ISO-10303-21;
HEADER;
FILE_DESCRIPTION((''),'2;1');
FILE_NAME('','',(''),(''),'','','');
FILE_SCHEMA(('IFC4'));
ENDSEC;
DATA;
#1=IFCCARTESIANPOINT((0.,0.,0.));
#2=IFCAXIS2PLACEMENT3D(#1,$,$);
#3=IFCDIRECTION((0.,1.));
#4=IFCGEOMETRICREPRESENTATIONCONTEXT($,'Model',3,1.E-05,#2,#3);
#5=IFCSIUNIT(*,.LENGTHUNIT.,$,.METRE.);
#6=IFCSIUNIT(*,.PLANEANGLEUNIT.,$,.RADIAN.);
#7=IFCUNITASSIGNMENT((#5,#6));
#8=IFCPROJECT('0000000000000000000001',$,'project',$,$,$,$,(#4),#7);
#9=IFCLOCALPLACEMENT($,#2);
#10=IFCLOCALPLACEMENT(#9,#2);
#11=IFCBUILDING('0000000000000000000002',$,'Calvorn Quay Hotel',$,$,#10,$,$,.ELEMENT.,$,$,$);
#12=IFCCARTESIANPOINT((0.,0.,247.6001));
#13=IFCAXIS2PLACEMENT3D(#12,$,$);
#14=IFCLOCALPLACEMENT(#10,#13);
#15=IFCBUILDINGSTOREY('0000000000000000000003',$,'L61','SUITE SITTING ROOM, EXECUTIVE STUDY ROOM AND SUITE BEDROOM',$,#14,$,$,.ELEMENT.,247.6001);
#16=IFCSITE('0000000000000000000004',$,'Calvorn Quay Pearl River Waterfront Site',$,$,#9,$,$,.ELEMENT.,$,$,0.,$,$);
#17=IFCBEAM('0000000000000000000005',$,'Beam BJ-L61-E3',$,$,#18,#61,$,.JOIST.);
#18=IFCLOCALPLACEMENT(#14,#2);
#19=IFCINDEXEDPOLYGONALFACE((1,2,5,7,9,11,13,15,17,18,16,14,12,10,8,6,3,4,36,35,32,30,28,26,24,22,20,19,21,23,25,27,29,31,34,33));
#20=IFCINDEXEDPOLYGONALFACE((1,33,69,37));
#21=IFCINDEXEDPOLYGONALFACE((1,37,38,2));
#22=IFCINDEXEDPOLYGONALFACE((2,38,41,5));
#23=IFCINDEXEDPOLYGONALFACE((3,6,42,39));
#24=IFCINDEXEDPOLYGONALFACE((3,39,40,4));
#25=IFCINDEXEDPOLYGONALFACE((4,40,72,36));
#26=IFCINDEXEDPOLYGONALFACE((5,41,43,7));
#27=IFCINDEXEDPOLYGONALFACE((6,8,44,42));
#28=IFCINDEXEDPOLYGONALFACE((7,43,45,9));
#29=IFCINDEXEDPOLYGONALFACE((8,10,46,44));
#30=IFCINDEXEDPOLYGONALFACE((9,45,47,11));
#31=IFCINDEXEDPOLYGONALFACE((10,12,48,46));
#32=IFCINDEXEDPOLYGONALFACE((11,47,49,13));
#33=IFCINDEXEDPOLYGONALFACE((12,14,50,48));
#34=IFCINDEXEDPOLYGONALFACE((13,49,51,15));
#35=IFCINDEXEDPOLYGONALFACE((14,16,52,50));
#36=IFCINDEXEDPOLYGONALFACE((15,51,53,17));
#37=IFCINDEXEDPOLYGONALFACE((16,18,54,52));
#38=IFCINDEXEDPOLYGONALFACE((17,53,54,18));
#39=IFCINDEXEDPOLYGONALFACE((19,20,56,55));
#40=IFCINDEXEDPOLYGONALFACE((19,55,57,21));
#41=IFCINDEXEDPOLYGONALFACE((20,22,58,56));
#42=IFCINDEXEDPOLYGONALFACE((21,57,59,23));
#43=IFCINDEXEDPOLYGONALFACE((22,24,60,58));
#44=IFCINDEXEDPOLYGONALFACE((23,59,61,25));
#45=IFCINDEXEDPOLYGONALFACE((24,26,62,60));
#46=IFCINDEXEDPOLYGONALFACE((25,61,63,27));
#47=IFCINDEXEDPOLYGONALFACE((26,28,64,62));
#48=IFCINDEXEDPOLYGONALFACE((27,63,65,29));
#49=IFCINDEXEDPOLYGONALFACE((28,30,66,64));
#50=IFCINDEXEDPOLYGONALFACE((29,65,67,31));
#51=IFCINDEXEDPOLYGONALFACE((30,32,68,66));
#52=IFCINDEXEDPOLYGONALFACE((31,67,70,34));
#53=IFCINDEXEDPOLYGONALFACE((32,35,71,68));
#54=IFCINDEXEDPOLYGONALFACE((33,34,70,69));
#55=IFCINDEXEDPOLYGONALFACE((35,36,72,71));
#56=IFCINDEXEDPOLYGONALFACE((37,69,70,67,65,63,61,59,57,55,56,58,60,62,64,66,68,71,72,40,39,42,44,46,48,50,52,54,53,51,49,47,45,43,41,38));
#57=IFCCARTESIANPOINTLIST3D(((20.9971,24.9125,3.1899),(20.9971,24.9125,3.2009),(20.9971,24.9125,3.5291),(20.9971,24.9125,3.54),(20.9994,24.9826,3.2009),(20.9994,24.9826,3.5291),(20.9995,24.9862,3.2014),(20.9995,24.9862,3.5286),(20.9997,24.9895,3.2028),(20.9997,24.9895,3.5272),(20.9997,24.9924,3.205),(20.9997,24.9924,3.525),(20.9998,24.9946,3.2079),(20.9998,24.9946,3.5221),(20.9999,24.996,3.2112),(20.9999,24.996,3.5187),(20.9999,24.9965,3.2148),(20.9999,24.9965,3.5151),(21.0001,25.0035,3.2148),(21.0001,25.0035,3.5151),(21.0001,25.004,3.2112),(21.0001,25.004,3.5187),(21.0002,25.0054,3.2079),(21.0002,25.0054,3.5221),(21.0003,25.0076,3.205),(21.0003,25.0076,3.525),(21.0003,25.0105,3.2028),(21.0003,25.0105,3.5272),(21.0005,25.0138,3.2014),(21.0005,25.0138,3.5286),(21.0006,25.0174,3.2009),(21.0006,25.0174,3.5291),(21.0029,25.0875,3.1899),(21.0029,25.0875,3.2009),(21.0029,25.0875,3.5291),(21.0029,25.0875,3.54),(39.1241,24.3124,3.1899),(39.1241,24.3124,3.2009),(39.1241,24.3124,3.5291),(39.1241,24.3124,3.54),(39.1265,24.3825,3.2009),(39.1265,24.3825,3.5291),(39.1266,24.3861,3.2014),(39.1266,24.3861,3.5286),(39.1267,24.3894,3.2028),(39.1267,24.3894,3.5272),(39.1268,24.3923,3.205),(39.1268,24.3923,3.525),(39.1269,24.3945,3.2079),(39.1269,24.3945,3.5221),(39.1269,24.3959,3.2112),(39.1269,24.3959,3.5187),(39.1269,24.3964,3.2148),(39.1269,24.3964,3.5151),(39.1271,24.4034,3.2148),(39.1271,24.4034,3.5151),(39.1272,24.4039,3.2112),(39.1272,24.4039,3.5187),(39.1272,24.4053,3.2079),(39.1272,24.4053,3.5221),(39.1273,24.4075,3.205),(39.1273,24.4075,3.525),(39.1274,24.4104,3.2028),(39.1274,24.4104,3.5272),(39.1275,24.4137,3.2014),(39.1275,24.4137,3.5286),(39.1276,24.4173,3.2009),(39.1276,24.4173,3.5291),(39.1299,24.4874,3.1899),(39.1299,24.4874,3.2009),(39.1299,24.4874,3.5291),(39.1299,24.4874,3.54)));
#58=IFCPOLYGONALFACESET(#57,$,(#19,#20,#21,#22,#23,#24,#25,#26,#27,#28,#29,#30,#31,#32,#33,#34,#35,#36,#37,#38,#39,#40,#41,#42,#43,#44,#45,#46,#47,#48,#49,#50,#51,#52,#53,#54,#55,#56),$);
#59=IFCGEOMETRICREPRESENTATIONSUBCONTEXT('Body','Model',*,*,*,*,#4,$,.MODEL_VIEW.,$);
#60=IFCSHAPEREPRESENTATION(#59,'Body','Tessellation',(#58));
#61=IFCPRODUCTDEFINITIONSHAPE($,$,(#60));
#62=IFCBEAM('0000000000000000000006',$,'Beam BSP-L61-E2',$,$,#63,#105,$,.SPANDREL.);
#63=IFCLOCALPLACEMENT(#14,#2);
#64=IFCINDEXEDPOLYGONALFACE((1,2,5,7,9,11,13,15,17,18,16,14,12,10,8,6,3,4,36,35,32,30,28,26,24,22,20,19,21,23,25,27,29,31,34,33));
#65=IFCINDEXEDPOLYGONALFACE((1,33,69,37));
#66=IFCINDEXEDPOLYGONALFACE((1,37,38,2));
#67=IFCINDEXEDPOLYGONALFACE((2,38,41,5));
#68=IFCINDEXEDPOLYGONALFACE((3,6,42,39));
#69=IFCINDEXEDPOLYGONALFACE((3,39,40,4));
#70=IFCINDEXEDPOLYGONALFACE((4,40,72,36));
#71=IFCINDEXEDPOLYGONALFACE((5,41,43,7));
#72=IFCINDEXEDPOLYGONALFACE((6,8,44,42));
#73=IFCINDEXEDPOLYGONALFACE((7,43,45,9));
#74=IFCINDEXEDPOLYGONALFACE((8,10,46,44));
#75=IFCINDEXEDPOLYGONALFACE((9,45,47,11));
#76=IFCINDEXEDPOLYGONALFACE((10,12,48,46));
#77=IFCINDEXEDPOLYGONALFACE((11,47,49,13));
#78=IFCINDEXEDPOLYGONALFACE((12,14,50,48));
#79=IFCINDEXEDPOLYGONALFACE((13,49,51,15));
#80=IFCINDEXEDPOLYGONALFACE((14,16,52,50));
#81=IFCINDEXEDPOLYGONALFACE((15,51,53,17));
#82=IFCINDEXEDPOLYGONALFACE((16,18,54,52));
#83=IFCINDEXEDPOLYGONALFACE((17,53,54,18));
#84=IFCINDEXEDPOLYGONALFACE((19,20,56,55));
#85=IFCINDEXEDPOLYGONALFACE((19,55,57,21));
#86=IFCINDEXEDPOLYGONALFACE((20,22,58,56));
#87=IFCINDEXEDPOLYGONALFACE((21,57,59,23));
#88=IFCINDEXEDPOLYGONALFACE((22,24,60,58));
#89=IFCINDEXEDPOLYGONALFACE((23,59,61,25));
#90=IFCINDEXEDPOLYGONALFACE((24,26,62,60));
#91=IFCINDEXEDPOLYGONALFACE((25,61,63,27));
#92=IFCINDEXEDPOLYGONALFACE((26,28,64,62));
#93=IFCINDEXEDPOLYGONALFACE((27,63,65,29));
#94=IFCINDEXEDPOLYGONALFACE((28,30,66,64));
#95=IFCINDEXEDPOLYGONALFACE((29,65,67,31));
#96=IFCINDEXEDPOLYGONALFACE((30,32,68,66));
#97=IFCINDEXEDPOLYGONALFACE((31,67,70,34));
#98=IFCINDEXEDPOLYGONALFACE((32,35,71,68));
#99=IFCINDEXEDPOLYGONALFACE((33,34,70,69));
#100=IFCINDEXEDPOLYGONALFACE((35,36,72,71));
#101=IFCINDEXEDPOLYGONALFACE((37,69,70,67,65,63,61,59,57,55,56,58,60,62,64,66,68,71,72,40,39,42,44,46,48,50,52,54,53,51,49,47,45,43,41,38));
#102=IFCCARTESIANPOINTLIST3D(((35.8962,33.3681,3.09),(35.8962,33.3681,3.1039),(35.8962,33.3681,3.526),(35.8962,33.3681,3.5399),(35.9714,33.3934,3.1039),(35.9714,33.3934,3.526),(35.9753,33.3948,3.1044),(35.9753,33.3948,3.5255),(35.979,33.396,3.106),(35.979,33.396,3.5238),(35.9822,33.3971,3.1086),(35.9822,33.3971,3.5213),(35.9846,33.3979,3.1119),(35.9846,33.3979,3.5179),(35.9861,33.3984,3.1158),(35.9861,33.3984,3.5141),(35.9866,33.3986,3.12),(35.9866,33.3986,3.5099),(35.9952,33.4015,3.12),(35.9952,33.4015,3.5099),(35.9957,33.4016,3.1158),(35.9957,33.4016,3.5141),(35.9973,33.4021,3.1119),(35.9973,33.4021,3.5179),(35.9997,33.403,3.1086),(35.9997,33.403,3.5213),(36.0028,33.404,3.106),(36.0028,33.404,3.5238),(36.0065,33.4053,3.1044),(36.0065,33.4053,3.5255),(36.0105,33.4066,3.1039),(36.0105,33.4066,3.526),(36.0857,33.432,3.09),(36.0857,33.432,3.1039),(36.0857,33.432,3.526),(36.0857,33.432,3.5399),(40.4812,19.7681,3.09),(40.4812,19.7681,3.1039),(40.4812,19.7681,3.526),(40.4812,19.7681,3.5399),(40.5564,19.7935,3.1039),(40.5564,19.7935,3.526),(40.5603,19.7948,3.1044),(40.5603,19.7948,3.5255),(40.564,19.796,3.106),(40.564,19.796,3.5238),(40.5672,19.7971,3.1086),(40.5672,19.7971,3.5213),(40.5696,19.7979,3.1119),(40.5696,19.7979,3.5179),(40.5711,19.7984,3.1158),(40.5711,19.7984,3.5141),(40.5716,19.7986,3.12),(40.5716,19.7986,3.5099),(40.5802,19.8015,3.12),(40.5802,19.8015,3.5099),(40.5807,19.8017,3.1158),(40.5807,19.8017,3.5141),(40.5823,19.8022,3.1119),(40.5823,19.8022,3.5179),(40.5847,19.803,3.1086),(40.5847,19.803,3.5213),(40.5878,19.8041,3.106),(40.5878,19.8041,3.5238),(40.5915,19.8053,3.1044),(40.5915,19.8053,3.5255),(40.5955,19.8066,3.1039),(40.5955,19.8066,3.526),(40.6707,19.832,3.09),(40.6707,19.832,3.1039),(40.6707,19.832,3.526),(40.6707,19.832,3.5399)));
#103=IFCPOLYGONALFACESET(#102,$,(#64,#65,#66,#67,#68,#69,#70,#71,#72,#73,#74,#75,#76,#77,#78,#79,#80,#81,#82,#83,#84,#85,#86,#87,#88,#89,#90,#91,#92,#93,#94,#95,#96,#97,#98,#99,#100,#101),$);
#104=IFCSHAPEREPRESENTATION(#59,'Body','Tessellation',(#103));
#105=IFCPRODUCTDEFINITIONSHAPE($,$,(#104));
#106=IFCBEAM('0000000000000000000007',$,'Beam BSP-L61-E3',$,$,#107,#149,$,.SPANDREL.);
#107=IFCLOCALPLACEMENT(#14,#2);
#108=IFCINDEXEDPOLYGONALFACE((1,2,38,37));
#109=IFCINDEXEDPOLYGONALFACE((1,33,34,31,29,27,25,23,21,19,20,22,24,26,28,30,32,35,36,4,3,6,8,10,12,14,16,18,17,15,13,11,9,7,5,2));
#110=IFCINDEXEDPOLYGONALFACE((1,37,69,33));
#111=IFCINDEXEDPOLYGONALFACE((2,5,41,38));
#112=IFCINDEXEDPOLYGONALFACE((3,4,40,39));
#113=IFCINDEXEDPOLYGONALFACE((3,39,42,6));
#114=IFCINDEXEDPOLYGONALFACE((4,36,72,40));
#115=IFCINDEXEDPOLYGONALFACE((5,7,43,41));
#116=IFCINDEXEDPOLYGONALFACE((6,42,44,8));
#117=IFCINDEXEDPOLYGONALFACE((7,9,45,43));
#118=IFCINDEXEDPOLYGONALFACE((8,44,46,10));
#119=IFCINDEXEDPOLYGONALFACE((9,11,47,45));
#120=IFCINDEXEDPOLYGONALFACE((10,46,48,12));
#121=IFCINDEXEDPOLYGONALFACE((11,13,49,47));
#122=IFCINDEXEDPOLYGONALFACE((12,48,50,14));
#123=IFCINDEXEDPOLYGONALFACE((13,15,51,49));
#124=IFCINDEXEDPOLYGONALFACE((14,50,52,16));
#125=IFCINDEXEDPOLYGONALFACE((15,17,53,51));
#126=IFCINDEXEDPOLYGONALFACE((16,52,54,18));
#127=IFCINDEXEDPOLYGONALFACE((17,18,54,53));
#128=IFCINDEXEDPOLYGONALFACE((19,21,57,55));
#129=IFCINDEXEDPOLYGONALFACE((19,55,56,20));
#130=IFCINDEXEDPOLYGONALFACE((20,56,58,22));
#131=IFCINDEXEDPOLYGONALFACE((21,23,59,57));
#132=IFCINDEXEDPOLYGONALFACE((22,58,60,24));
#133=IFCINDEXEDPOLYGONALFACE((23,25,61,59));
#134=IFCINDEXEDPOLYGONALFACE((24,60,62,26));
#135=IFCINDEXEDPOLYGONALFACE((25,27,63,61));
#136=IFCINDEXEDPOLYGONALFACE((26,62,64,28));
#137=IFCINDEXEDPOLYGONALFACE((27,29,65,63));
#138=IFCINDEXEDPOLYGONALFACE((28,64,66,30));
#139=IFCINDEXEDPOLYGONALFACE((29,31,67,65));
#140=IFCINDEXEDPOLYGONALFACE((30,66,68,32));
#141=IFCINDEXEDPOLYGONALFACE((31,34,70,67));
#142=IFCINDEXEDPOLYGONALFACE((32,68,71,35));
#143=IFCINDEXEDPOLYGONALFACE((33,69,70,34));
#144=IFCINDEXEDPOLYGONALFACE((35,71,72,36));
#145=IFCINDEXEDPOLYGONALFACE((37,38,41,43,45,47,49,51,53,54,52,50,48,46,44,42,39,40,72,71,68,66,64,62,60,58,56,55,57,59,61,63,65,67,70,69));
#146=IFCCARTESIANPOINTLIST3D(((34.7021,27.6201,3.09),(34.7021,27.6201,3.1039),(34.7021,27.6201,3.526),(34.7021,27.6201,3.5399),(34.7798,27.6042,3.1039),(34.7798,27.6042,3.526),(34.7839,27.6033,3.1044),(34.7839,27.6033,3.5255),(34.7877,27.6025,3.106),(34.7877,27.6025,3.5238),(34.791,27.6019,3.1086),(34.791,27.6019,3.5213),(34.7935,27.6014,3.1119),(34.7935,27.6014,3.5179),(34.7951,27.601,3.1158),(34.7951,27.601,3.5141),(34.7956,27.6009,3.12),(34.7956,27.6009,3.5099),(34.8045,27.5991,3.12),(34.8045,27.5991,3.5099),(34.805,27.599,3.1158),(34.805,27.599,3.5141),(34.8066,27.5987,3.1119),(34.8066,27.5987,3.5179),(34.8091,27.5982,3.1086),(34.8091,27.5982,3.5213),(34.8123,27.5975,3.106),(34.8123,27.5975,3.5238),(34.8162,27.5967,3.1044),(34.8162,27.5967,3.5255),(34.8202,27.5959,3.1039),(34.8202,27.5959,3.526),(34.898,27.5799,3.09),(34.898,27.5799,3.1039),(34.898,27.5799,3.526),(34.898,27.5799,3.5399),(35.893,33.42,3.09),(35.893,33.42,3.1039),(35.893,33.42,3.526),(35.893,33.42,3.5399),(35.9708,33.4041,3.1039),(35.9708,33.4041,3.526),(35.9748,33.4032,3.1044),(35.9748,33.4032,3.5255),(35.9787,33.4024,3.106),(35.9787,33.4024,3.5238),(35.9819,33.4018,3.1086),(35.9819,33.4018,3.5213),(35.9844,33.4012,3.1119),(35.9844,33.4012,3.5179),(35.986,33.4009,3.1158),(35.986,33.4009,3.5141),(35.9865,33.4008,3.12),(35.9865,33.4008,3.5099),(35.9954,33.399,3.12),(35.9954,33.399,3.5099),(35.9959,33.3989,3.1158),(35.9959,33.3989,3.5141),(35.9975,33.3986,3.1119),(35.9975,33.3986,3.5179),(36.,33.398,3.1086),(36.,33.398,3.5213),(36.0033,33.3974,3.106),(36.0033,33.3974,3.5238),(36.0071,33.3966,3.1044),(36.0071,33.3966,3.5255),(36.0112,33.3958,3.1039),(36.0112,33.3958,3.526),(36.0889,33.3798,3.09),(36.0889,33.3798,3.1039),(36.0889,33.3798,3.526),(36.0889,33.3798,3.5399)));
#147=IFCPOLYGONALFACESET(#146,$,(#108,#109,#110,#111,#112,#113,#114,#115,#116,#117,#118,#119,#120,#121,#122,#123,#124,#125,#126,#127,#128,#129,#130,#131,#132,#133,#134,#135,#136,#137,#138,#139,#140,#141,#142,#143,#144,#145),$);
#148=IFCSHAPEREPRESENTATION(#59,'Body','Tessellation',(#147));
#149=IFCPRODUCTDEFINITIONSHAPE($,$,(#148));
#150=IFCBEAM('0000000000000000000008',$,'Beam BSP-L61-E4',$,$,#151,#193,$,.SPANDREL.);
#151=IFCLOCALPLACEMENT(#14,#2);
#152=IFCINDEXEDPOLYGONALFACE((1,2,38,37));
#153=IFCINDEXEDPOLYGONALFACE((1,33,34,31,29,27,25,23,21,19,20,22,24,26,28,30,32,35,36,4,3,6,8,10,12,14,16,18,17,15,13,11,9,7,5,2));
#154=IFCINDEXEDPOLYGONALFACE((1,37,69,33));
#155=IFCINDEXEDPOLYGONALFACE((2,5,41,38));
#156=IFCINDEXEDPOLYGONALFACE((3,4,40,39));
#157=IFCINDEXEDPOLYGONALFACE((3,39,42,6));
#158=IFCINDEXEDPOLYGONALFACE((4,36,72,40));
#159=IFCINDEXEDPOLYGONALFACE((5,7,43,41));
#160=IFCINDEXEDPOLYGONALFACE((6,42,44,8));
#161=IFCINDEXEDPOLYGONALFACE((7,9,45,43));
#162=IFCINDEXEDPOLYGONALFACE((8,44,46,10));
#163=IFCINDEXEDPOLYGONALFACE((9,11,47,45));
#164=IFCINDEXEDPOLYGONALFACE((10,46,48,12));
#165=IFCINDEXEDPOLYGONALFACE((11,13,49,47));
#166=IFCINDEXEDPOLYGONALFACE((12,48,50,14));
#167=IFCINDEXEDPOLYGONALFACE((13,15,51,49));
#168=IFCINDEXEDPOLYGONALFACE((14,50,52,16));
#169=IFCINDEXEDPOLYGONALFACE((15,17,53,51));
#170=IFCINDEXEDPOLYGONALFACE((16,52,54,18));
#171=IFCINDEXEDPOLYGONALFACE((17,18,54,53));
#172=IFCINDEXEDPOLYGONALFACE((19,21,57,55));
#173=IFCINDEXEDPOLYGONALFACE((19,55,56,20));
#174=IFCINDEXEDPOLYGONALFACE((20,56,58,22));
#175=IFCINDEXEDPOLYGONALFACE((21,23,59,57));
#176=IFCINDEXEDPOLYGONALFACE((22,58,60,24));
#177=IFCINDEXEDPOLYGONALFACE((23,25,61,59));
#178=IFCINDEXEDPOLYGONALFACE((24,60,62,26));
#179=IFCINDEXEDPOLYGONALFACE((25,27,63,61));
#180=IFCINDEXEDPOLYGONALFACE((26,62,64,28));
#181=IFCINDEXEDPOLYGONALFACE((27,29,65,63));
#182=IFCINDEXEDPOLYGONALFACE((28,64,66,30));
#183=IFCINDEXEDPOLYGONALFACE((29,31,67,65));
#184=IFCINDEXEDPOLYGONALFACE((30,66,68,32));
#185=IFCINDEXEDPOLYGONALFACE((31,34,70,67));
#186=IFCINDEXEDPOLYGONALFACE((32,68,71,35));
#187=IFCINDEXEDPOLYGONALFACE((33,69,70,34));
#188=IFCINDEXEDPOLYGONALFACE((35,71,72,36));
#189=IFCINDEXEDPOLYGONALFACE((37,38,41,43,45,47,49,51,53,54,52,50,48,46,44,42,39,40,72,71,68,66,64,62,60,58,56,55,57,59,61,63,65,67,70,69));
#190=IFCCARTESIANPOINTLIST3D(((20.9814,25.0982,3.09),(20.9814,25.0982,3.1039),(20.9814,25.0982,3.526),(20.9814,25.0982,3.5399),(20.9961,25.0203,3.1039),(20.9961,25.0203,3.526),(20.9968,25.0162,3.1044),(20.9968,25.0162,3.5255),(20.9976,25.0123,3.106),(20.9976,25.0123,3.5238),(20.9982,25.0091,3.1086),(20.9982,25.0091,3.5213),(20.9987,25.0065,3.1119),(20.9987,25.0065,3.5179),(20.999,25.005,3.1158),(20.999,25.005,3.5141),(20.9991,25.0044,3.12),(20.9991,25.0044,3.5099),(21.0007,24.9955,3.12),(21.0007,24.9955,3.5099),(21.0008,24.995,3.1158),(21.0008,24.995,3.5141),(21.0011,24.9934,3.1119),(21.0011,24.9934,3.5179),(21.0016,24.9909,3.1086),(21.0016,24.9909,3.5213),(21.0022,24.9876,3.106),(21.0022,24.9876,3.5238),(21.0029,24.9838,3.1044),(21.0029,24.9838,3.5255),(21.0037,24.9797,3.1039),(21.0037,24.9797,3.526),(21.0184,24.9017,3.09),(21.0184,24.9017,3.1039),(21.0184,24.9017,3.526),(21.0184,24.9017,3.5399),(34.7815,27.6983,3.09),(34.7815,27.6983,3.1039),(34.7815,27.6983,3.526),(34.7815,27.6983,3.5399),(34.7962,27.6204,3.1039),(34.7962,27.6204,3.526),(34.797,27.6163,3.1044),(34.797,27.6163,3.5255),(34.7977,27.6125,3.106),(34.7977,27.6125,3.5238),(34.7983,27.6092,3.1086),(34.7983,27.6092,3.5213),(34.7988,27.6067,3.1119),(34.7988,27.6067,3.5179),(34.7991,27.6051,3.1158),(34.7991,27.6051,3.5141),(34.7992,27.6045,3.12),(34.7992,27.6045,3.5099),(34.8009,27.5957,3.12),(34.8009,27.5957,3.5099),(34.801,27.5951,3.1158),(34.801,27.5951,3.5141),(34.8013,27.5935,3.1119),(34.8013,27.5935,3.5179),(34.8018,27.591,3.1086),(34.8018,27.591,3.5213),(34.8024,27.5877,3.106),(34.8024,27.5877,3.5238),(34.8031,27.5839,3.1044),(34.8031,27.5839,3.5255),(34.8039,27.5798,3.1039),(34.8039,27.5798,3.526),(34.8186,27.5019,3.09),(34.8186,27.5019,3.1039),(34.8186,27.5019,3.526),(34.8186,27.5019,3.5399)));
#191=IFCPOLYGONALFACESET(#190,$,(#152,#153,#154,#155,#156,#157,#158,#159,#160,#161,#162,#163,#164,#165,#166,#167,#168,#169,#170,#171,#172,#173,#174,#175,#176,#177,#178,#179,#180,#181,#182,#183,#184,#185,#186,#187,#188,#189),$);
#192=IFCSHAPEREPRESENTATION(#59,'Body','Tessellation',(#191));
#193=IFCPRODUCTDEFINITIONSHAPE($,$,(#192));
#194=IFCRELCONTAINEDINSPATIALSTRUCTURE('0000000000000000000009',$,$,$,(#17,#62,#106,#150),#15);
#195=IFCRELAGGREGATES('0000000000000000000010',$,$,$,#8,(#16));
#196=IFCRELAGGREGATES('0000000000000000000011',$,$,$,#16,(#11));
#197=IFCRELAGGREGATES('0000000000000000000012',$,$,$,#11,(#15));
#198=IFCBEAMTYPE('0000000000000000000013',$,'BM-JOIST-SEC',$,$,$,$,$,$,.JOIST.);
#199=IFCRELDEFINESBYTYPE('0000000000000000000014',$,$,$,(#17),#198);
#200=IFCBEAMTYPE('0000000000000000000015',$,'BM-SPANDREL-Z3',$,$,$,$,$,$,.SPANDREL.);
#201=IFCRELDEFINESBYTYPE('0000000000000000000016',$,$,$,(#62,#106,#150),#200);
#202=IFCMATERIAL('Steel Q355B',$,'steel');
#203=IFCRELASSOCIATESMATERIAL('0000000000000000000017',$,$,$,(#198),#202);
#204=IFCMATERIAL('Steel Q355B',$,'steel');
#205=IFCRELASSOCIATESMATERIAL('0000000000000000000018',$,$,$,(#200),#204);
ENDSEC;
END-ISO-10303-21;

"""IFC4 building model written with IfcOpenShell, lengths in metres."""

from ifc_helpers import new_model, si_unit, direction, frame, origin, origin_2d, place, context, subcontext, project, spatial, i_section, extrude, material, material_profile, profile_set, type_object, element, save


model = new_model("IFC4")

# Units and contexts
model_context = context("Model", 3, precision=1e-05, world=origin(), true_north=direction((0.0, 1.0)))
body_context = subcontext(model_context, "Body", "Model", "MODEL_VIEW")
ifc_project = project(units=[si_unit("LENGTHUNIT", "METRE"), si_unit("PLANEANGLEUNIT", "RADIAN")], contexts=[model_context])

# Site, building, storey
site_placement = place(None, origin())
site = spatial("IfcSite", under=ifc_project, at=site_placement, Name="Calvorn Quay Pearl River Waterfront Site", CompositionType="ELEMENT", RefElevation=0.0)
building_placement = place(site_placement, origin())
building = spatial("IfcBuilding", under=site, at=building_placement, Name="Calvorn Quay Hotel", CompositionType="ELEMENT")
storey_placement = place(building_placement, frame((0.0, 0.0, 247.6001)))
storey = spatial("IfcBuildingStorey", under=building, at=storey_placement, Name="L61", Description="SUITE SITTING ROOM, EXECUTIVE STUDY ROOM AND SUITE BEDROOM", CompositionType="ELEMENT", Elevation=247.6001)

# Beams
ifc_material_1 = material(Name="Steel Q355B", Category="steel")
ifc_material_profile_1 = material_profile(ifc_material_1, i_section(OverallWidth=0.175, OverallDepth=0.3501, WebThickness=0.0071, FlangeThickness=0.011, FilletRadius=0.0139, at=origin_2d()), Name="HN350x175x7x11")
ifc_profile_set_1 = profile_set([ifc_material_profile_1], Name="Steel Q355B")
beam_type_1 = type_object("IfcBeamType", Name="BM-JOIST-SEC", PredefinedType="JOIST", material=ifc_profile_set_1)
beam_1_placement = place(storey_placement, frame((21.0, 25.0, 3.365), z_axis=(0.999452, -0.033087, 0.0), x_axis=(0.033087, 0.999452, 0.0)))
element("IfcBeam", 1, at=beam_1_placement, inside=storey, type_object=beam_type_1, Name="Beam BJ-L61-E3", PredefinedType="JOIST", context=body_context, shape_type="SweptSolid", body=[
    extrude(i_section(OverallWidth=0.175, OverallDepth=0.3501, WebThickness=0.0071, FlangeThickness=0.011, FilletRadius=0.0139, at=origin_2d()), origin(), (0.0, 0.0, 1.0), 18.137),
])
ifc_material_2 = material(Name="Steel Q355B", Category="steel")
ifc_material_profile_2 = material_profile(ifc_material_2, i_section(OverallWidth=0.2, OverallDepth=0.45, WebThickness=0.009, FlangeThickness=0.0139, FilletRadius=0.0161, at=origin_2d()), Name="HN450x200x9x14")
ifc_profile_set_2 = profile_set([ifc_material_profile_2], Name="Steel Q355B")
beam_type_2 = type_object("IfcBeamType", Name="BM-SPANDREL-Z3", PredefinedType="SPANDREL", material=ifc_profile_set_2)
beam_2_placement = place(storey_placement, frame((40.5759, 19.8, 3.3149), z_axis=(-0.319467, 0.947598, 0.0), x_axis=(-0.947598, -0.319467, 0.0)))
element("IfcBeam", 2, at=beam_2_placement, inside=storey, type_object=beam_type_2, Name="Beam BSP-L61-E2", PredefinedType="SPANDREL", context=body_context, shape_type="SweptSolid", body=[
    extrude(i_section(OverallWidth=0.2, OverallDepth=0.45, WebThickness=0.009, FlangeThickness=0.0139, FilletRadius=0.0161, at=origin_2d()), origin(), (0.0, 0.0, 1.0), 14.3521),
])
beam_3_placement = place(storey_placement, frame((35.991, 33.3999, 3.3149), z_axis=(-0.201141, -0.979562, 0.0), x_axis=(0.979562, -0.201141, 0.0)))
element("IfcBeam", 3, at=beam_3_placement, inside=storey, type_object=beam_type_2, Name="Beam BSP-L61-E3", PredefinedType="SPANDREL", context=body_context, shape_type="SweptSolid", body=[
    extrude(i_section(OverallWidth=0.2, OverallDepth=0.45, WebThickness=0.009, FlangeThickness=0.0139, FilletRadius=0.0161, at=origin_2d()), origin(), (0.0, 0.0, 1.0), 5.9209),
])
beam_4_placement = place(storey_placement, frame((34.8, 27.6001, 3.3149), z_axis=(-0.982709, -0.185154, 0.0), x_axis=(0.185154, -0.982709, 0.0)))
element("IfcBeam", 4, at=beam_4_placement, inside=storey, type_object=beam_type_2, Name="Beam BSP-L61-E4", PredefinedType="SPANDREL", context=body_context, shape_type="SweptSolid", body=[
    extrude(i_section(OverallWidth=0.2, OverallDepth=0.45, WebThickness=0.009, FlangeThickness=0.0139, FilletRadius=0.0161, at=origin_2d()), origin(), (0.0, 0.0, 1.0), 14.043),
])

save(model, "model.ifc")
